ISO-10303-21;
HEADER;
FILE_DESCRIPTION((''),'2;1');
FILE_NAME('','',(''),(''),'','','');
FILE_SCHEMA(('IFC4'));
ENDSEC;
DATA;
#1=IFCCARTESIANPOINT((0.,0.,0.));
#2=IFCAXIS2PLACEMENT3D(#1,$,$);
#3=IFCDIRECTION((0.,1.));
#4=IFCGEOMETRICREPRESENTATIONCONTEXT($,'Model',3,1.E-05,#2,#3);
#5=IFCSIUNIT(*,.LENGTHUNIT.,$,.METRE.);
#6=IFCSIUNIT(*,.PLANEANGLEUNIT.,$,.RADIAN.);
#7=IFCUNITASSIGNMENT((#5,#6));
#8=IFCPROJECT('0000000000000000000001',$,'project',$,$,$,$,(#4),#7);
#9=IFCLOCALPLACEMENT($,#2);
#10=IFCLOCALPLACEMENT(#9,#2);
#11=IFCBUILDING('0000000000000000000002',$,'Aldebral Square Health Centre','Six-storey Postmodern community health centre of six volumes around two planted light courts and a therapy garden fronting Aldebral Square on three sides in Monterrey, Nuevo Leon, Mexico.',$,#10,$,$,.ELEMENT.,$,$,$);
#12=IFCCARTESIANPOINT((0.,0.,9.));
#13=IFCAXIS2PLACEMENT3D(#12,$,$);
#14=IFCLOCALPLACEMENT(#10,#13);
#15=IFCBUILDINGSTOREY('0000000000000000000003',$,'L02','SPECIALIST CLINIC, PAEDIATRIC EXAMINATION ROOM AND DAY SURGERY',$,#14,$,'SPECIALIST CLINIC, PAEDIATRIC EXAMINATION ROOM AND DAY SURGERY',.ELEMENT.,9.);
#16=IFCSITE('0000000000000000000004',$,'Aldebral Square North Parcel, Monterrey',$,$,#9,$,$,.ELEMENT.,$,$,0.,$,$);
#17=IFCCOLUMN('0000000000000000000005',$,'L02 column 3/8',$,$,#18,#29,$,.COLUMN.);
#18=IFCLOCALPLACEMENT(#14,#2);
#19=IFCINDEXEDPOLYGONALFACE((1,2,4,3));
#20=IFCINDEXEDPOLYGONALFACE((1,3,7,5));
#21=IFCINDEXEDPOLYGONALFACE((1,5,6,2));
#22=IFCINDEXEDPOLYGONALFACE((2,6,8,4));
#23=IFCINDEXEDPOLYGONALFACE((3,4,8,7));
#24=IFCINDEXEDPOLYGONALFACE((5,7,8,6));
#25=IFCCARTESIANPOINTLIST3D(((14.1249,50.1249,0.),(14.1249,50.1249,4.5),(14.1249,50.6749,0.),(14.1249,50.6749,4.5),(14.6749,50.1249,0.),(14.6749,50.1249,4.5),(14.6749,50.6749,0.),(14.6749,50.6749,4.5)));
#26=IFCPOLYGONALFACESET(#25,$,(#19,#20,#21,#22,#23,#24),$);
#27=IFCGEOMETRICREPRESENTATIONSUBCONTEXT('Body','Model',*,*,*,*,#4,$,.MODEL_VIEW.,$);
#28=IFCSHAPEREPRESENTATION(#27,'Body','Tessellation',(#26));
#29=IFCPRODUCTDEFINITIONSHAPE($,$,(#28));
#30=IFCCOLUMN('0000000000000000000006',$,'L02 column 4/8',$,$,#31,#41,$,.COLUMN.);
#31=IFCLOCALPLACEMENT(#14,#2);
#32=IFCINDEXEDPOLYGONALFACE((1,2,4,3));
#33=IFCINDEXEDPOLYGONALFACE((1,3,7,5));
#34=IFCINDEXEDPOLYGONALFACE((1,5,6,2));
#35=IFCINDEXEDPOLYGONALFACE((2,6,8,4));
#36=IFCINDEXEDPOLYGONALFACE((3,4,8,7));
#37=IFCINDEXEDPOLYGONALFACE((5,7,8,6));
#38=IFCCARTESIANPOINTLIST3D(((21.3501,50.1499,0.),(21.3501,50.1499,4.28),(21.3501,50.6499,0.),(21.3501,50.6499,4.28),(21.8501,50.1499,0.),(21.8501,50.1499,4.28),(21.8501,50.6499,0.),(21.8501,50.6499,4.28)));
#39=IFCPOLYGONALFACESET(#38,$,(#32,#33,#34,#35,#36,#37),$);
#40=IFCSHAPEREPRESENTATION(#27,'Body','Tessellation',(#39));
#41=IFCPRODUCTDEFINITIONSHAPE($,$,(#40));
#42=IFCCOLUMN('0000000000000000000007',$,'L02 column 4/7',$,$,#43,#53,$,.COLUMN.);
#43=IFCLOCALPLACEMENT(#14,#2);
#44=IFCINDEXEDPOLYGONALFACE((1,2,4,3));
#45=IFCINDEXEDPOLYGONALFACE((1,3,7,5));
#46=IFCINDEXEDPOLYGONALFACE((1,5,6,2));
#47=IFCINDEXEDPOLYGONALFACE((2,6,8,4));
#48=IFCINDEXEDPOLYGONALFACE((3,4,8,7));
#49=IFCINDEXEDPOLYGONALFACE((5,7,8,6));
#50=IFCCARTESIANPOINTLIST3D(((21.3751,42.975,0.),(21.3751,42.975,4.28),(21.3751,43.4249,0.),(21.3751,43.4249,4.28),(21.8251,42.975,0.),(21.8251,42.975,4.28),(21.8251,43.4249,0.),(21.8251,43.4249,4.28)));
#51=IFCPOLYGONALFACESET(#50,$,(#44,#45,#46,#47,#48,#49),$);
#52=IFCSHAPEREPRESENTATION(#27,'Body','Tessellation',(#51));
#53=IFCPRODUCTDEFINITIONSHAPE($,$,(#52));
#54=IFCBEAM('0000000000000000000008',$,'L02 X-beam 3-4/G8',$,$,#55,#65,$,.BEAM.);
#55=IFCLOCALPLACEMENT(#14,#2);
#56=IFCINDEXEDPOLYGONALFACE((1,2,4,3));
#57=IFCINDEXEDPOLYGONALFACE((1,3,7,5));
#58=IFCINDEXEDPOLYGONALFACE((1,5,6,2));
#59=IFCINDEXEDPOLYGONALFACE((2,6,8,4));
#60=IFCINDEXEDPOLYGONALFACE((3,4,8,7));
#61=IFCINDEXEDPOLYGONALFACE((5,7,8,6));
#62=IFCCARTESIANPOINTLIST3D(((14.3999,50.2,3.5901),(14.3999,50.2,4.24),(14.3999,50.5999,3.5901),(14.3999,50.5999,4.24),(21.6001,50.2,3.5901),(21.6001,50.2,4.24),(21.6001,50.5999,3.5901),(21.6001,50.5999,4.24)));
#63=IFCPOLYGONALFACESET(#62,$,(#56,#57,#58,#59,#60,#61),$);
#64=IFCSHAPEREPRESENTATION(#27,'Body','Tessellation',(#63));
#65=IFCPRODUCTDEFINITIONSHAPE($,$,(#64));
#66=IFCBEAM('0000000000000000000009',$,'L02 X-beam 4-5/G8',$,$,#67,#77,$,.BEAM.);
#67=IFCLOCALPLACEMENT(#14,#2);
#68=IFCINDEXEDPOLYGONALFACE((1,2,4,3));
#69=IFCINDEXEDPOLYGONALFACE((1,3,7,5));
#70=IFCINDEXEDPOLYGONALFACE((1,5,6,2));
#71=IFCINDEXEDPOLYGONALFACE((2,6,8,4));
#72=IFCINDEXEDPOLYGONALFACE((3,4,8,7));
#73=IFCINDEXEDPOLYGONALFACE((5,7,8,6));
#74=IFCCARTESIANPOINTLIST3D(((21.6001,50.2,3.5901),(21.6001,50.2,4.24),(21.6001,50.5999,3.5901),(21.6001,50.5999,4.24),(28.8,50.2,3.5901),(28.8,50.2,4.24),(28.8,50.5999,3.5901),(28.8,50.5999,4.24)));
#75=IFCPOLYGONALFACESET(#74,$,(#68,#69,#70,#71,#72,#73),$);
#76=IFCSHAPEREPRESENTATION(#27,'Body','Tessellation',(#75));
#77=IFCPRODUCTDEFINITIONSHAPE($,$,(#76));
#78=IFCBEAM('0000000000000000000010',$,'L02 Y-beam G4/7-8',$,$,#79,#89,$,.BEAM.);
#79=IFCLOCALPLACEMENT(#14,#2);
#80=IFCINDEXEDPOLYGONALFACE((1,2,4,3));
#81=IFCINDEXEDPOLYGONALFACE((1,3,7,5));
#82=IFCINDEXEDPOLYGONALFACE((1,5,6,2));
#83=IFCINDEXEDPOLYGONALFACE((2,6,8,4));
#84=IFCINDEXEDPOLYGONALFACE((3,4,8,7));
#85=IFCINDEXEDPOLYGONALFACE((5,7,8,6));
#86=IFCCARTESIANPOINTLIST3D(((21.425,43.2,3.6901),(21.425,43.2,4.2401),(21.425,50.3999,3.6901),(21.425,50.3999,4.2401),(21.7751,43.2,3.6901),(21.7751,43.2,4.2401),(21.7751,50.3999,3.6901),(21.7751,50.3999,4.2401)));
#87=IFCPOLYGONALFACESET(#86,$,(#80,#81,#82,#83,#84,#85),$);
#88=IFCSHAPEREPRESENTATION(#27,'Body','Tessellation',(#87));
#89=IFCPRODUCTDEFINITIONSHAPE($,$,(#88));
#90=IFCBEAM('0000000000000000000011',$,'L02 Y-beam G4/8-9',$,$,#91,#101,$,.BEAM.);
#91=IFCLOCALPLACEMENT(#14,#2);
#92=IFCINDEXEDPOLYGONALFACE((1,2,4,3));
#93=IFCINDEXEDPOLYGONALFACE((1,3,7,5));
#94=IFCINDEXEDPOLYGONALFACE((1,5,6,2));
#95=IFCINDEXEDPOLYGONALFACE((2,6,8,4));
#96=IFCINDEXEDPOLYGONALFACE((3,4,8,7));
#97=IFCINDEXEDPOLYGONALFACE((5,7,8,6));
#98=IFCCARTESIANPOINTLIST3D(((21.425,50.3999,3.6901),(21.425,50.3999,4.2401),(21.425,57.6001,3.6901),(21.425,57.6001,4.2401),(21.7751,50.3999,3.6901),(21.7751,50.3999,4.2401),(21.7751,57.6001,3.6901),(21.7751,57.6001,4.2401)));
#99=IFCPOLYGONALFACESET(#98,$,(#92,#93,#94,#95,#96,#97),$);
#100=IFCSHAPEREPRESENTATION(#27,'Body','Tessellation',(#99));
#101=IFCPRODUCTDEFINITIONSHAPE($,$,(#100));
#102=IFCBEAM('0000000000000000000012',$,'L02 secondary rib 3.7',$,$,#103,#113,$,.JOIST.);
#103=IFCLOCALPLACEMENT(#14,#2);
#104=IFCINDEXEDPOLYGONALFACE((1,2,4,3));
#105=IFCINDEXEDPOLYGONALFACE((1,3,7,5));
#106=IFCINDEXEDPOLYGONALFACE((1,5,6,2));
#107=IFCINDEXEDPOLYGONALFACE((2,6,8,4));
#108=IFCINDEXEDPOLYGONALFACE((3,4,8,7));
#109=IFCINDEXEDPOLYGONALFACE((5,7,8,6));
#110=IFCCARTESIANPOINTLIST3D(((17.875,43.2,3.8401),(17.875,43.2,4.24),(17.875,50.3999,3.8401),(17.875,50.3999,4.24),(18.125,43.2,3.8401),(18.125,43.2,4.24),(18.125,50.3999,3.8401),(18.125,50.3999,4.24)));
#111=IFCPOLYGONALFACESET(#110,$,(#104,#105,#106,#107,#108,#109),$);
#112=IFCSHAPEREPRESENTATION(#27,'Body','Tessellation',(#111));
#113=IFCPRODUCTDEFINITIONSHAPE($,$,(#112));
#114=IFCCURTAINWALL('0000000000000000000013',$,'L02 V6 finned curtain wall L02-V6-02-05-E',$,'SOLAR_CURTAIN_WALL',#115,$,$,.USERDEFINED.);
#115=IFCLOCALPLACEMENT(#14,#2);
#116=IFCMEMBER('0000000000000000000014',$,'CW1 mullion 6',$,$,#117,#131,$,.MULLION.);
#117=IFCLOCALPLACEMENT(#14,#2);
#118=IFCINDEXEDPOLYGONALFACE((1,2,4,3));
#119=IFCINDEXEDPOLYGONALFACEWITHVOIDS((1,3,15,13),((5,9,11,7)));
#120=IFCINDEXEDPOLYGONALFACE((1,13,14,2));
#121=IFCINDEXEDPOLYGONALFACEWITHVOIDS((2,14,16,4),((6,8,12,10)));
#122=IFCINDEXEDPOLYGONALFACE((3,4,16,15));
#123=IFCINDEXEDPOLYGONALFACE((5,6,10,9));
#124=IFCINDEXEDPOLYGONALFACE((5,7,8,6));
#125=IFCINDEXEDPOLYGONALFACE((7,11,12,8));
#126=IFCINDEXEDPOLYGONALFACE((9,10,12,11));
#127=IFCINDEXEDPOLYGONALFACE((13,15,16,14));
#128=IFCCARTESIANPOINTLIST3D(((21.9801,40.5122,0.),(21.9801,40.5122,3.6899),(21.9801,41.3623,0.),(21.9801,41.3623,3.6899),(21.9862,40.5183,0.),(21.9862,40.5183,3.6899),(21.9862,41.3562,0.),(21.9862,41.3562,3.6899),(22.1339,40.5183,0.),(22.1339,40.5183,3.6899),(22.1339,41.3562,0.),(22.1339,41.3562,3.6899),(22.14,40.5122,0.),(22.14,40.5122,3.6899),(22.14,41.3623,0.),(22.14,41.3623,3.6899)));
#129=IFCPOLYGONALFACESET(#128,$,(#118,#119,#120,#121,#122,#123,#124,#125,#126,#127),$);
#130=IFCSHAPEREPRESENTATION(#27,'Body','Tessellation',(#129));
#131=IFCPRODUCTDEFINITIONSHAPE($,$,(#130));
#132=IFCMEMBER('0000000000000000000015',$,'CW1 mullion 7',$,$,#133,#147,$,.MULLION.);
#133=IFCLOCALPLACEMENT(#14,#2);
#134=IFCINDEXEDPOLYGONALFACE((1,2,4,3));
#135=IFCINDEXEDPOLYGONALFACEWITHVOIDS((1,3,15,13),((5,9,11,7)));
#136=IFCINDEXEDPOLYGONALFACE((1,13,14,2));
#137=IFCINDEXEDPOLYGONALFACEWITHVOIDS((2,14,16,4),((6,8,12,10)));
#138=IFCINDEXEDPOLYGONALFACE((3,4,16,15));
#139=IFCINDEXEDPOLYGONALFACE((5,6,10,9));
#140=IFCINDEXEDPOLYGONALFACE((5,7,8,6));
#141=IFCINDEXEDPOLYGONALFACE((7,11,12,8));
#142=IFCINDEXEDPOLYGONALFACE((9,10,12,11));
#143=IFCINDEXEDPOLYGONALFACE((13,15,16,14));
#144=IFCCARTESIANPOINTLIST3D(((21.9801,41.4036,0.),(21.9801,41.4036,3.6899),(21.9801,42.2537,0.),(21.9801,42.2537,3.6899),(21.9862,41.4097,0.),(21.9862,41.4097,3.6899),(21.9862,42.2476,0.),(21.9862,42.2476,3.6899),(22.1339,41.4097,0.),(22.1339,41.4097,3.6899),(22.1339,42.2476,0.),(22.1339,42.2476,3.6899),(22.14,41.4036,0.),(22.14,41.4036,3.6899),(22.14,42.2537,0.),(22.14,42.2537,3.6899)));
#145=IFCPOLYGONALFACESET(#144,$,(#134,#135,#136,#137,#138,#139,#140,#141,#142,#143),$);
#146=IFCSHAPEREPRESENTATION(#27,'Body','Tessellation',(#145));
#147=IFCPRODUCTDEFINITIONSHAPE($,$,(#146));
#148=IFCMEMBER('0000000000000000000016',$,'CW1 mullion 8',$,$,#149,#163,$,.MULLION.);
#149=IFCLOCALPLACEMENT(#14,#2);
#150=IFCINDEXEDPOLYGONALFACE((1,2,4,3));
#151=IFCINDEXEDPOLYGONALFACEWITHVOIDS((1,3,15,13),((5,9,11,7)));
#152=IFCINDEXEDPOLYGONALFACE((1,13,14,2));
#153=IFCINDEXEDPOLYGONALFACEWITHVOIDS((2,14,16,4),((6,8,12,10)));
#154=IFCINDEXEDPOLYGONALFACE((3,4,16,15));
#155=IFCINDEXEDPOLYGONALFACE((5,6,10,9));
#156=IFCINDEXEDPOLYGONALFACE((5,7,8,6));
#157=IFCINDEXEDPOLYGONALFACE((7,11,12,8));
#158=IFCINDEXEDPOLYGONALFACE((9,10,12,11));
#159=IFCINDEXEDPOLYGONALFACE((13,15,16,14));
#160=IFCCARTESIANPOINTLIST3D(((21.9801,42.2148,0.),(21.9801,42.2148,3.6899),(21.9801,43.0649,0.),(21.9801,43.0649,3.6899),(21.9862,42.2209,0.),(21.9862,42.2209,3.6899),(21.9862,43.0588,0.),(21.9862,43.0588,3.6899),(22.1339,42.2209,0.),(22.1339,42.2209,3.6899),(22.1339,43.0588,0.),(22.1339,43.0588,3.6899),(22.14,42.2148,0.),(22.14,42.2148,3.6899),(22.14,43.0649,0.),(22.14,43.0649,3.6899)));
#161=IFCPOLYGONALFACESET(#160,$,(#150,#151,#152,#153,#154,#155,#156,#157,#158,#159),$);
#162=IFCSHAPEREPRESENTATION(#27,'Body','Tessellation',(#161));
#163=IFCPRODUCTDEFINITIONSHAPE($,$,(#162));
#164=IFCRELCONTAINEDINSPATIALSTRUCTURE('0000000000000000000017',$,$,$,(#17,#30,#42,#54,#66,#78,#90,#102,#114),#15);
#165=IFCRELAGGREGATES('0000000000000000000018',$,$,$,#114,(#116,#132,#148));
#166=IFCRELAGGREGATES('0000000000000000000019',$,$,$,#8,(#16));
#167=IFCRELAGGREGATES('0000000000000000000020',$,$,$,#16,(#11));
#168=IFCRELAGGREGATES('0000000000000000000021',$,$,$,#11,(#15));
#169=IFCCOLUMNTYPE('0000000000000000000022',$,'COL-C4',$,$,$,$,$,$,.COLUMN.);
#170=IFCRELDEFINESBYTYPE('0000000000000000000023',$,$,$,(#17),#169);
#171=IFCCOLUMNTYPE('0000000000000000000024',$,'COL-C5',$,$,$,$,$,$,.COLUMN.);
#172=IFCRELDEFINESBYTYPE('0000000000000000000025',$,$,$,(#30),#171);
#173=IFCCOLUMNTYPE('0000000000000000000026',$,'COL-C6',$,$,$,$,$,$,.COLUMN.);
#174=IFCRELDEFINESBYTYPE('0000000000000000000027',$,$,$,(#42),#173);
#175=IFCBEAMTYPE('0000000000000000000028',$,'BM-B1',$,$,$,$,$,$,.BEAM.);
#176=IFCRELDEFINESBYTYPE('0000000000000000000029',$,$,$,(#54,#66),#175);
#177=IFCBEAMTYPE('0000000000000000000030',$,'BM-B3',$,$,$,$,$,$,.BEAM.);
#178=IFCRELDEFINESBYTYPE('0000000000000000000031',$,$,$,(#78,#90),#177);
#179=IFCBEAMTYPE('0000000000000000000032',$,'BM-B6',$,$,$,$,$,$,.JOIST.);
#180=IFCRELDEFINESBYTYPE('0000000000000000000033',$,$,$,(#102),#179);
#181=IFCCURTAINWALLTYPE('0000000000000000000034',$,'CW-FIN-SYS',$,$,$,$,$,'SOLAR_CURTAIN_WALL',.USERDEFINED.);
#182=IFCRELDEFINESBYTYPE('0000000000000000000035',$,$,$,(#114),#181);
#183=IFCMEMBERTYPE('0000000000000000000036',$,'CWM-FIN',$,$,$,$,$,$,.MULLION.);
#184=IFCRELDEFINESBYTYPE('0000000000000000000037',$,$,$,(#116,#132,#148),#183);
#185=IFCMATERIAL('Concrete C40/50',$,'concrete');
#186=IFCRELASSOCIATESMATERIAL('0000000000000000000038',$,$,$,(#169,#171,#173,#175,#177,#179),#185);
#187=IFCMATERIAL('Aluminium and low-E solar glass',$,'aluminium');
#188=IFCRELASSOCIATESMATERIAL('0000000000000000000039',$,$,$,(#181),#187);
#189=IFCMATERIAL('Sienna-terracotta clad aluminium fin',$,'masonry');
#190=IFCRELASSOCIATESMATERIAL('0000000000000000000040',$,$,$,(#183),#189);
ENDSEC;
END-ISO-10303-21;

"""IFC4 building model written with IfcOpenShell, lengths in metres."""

from ifc_helpers import new_model, si_unit, direction, frame, origin, origin_2d, place, context, subcontext, project, spatial, rectangle, hollow_rectangle, extrude, material, material_profile, profile_set, type_object, element, aggregate, save


model = new_model("IFC4")

# Units and contexts
model_context = context("Model", 3, precision=1e-05, world=origin(), true_north=direction((0.0, 1.0)))
body_context = subcontext(model_context, "Body", "Model", "MODEL_VIEW")
ifc_project = project(units=[si_unit("LENGTHUNIT", "METRE"), si_unit("PLANEANGLEUNIT", "RADIAN")], contexts=[model_context])

# Site, building, storey
site_placement = place(None, origin())
site = spatial("IfcSite", under=ifc_project, at=site_placement, Name="Aldebral Square North Parcel, Monterrey", CompositionType="ELEMENT", RefElevation=0.0)
building_placement = place(site_placement, origin())
building = spatial("IfcBuilding", under=site, at=building_placement, Name="Aldebral Square Health Centre", Description="Six-storey Postmodern community health centre of six volumes around two planted light courts and a therapy garden fronting Aldebral Square on three sides in Monterrey, Nuevo Leon, Mexico.", CompositionType="ELEMENT")
storey_placement = place(building_placement, frame((0.0, 0.0, 9.0)))
storey = spatial("IfcBuildingStorey", under=building, at=storey_placement, Name="L02", Description="SPECIALIST CLINIC, PAEDIATRIC EXAMINATION ROOM AND DAY SURGERY", LongName="SPECIALIST CLINIC, PAEDIATRIC EXAMINATION ROOM AND DAY SURGERY", CompositionType="ELEMENT", Elevation=9.0)

# Columns
ifc_material_1 = material(Name="Concrete C40/50", Category="concrete")
ifc_material_profile_1 = material_profile(ifc_material_1, rectangle(XDim=0.55, YDim=0.55, at=origin_2d()), Name="RC 550x550")
ifc_profile_set_1 = profile_set([ifc_material_profile_1], Name="Concrete C40/50")
column_type_1 = type_object("IfcColumnType", Name="COL-C4", PredefinedType="COLUMN", material=ifc_profile_set_1)
column_1_placement = place(storey_placement, frame((14.3999, 50.3999, 0.0), z_axis=(0.0, 0.0, 1.0), x_axis=(1.0, 0.0, 0.0)))
element("IfcColumn", 1, at=column_1_placement, inside=storey, type_object=column_type_1, Name="L02 column 3/8", PredefinedType="COLUMN", context=body_context, shape_type="SweptSolid", body=[
    extrude(rectangle(XDim=0.55, YDim=0.55, at=origin_2d()), origin(), (0.0, 0.0, 1.0), 4.5),
])
ifc_material_profile_2 = material_profile(ifc_material_1, rectangle(XDim=0.5, YDim=0.5, at=origin_2d()), Name="RC 500x500")
ifc_profile_set_2 = profile_set([ifc_material_profile_2], Name="Concrete C40/50")
column_type_2 = type_object("IfcColumnType", Name="COL-C5", PredefinedType="COLUMN", material=ifc_profile_set_2)
column_2_placement = place(storey_placement, frame((21.6001, 50.3999, 0.0), z_axis=(0.0, 0.0, 1.0), x_axis=(1.0, 0.0, 0.0)))
element("IfcColumn", 2, at=column_2_placement, inside=storey, type_object=column_type_2, Name="L02 column 4/8", PredefinedType="COLUMN", context=body_context, shape_type="SweptSolid", body=[
    extrude(rectangle(XDim=0.5, YDim=0.5, at=origin_2d()), origin(), (0.0, 0.0, 1.0), 4.28),
])
ifc_material_profile_3 = material_profile(ifc_material_1, rectangle(XDim=0.45, YDim=0.45, at=origin_2d()), Name="RC 450x450")
ifc_profile_set_3 = profile_set([ifc_material_profile_3], Name="Concrete C40/50")
column_type_3 = type_object("IfcColumnType", Name="COL-C6", PredefinedType="COLUMN", material=ifc_profile_set_3)
column_3_placement = place(storey_placement, frame((21.6001, 43.2, 0.0), z_axis=(0.0, 0.0, 1.0), x_axis=(1.0, 0.0, 0.0)))
element("IfcColumn", 3, at=column_3_placement, inside=storey, type_object=column_type_3, Name="L02 column 4/7", PredefinedType="COLUMN", context=body_context, shape_type="SweptSolid", body=[
    extrude(rectangle(XDim=0.45, YDim=0.45, at=origin_2d()), origin(), (0.0, 0.0, 1.0), 4.28),
])

# Beams
ifc_material_profile_4 = material_profile(ifc_material_1, rectangle(XDim=0.3999, YDim=0.6499, at=origin_2d()), Name="RC 400x650")
ifc_profile_set_4 = profile_set([ifc_material_profile_4], Name="Concrete C40/50")
beam_type_1 = type_object("IfcBeamType", Name="BM-B1", PredefinedType="BEAM", material=ifc_profile_set_4)
beam_1_placement = place(storey_placement, frame((14.3999, 50.3999, 3.915), z_axis=(1.0, 0.0, 0.0), x_axis=(0.0, 1.0, 0.0)))
element("IfcBeam", 4, at=beam_1_placement, inside=storey, type_object=beam_type_1, Name="L02 X-beam 3-4/G8", PredefinedType="BEAM", context=body_context, shape_type="SweptSolid", body=[
    extrude(rectangle(XDim=0.3999, YDim=0.6499, at=origin_2d()), origin(), (0.0, 0.0, 1.0), 7.2002),
])
beam_2_placement = place(storey_placement, frame((21.6001, 50.3999, 3.915), z_axis=(1.0, 0.0, 0.0), x_axis=(0.0, 1.0, 0.0)))
element("IfcBeam", 5, at=beam_2_placement, inside=storey, type_object=beam_type_1, Name="L02 X-beam 4-5/G8", PredefinedType="BEAM", context=body_context, shape_type="SweptSolid", body=[
    extrude(rectangle(XDim=0.3999, YDim=0.6499, at=origin_2d()), origin(), (0.0, 0.0, 1.0), 7.2),
])
ifc_material_profile_5 = material_profile(ifc_material_1, rectangle(XDim=0.3501, YDim=0.55, at=origin_2d()), Name="RC 350x550")
ifc_profile_set_5 = profile_set([ifc_material_profile_5], Name="Concrete C40/50")
beam_type_2 = type_object("IfcBeamType", Name="BM-B3", PredefinedType="BEAM", material=ifc_profile_set_5)
beam_3_placement = place(storey_placement, frame((21.6001, 43.2, 3.9651), z_axis=(0.0, 1.0, 0.0), x_axis=(-1.0, 0.0, 0.0)))
element("IfcBeam", 6, at=beam_3_placement, inside=storey, type_object=beam_type_2, Name="L02 Y-beam G4/7-8", PredefinedType="BEAM", context=body_context, shape_type="SweptSolid", body=[
    extrude(rectangle(XDim=0.3501, YDim=0.55, at=origin_2d()), origin(), (0.0, 0.0, 1.0), 7.2),
])
beam_4_placement = place(storey_placement, frame((21.6001, 50.3999, 3.9651), z_axis=(0.0, 1.0, 0.0), x_axis=(-1.0, 0.0, 0.0)))
element("IfcBeam", 7, at=beam_4_placement, inside=storey, type_object=beam_type_2, Name="L02 Y-beam G4/8-9", PredefinedType="BEAM", context=body_context, shape_type="SweptSolid", body=[
    extrude(rectangle(XDim=0.3501, YDim=0.55, at=origin_2d()), origin(), (0.0, 0.0, 1.0), 7.2002),
])
ifc_material_profile_6 = material_profile(ifc_material_1, rectangle(XDim=0.25, YDim=0.3999, at=origin_2d()), Name="RC 250x400")
ifc_profile_set_6 = profile_set([ifc_material_profile_6], Name="Concrete C40/50")
beam_type_3 = type_object("IfcBeamType", Name="BM-B6", PredefinedType="JOIST", material=ifc_profile_set_6)
beam_5_placement = place(storey_placement, frame((18.0, 43.2, 4.04), z_axis=(0.0, 1.0, 0.0), x_axis=(-1.0, 0.0, 0.0)))
element("IfcBeam", 8, at=beam_5_placement, inside=storey, type_object=beam_type_3, Name="L02 secondary rib 3.7", PredefinedType="JOIST", context=body_context, shape_type="SweptSolid", body=[
    extrude(rectangle(XDim=0.25, YDim=0.3999, at=origin_2d()), origin(), (0.0, 0.0, 1.0), 7.2),
])

# Curtain wall, members
ifc_material_2 = material(Name="Aluminium and low-E solar glass", Category="aluminium")
curtain_wall_type = type_object("IfcCurtainWallType", Name="CW-FIN-SYS", ElementType="SOLAR_CURTAIN_WALL", PredefinedType="USERDEFINED", material=ifc_material_2)
curtain_wall_placement = place(storey_placement, origin())
curtain_wall = element("IfcCurtainWall", 9, at=curtain_wall_placement, inside=storey, type_object=curtain_wall_type, Name="L02 V6 finned curtain wall L02-V6-02-05-E", ObjectType="SOLAR_CURTAIN_WALL", PredefinedType="USERDEFINED")
ifc_material_3 = material(Name="Sienna-terracotta clad aluminium fin", Category="masonry")
ifc_material_profile_7 = material_profile(ifc_material_3, hollow_rectangle(XDim=0.1599, YDim=0.8501, WallThickness=0.0061, at=origin_2d()), Name="FIN 160x850x6")
ifc_profile_set_7 = profile_set([ifc_material_profile_7], Name="Sienna-terracotta clad aluminium fin")
member_type = type_object("IfcMemberType", Name="CWM-FIN", PredefinedType="MULLION", material=ifc_profile_set_7)
member_1_placement = place(storey_placement, frame((22.0601, 40.9373, 0.0), z_axis=(0.0, 0.0, 1.0), x_axis=(-1.0, 0.0, 0.0)))
member_1 = element("IfcMember", 10, at=member_1_placement, type_object=member_type, Name="CW1 mullion 6", PredefinedType="MULLION", context=body_context, shape_type="SweptSolid", body=[
    extrude(hollow_rectangle(XDim=0.1599, YDim=0.8501, WallThickness=0.0061, at=origin_2d()), origin(), (0.0, 0.0, 1.0), 3.6899),
])
member_2_placement = place(storey_placement, frame((22.0601, 41.8286, 0.0), z_axis=(0.0, 0.0, 1.0), x_axis=(-1.0, 0.0, 0.0)))
member_2 = element("IfcMember", 11, at=member_2_placement, type_object=member_type, Name="CW1 mullion 7", PredefinedType="MULLION", context=body_context, shape_type="SweptSolid", body=[
    extrude(hollow_rectangle(XDim=0.1599, YDim=0.8501, WallThickness=0.0061, at=origin_2d()), origin(), (0.0, 0.0, 1.0), 3.6899),
])
member_3_placement = place(storey_placement, frame((22.0601, 42.6399, 0.0), z_axis=(0.0, 0.0, 1.0), x_axis=(-1.0, 0.0, 0.0)))
member_3 = element("IfcMember", 12, at=member_3_placement, type_object=member_type, Name="CW1 mullion 8", PredefinedType="MULLION", context=body_context, shape_type="SweptSolid", body=[
    extrude(hollow_rectangle(XDim=0.1599, YDim=0.8501, WallThickness=0.0061, at=origin_2d()), origin(), (0.0, 0.0, 1.0), 3.6899),
])
aggregate(curtain_wall, [member_1, member_2, member_3])

save(model, "model.ifc")
